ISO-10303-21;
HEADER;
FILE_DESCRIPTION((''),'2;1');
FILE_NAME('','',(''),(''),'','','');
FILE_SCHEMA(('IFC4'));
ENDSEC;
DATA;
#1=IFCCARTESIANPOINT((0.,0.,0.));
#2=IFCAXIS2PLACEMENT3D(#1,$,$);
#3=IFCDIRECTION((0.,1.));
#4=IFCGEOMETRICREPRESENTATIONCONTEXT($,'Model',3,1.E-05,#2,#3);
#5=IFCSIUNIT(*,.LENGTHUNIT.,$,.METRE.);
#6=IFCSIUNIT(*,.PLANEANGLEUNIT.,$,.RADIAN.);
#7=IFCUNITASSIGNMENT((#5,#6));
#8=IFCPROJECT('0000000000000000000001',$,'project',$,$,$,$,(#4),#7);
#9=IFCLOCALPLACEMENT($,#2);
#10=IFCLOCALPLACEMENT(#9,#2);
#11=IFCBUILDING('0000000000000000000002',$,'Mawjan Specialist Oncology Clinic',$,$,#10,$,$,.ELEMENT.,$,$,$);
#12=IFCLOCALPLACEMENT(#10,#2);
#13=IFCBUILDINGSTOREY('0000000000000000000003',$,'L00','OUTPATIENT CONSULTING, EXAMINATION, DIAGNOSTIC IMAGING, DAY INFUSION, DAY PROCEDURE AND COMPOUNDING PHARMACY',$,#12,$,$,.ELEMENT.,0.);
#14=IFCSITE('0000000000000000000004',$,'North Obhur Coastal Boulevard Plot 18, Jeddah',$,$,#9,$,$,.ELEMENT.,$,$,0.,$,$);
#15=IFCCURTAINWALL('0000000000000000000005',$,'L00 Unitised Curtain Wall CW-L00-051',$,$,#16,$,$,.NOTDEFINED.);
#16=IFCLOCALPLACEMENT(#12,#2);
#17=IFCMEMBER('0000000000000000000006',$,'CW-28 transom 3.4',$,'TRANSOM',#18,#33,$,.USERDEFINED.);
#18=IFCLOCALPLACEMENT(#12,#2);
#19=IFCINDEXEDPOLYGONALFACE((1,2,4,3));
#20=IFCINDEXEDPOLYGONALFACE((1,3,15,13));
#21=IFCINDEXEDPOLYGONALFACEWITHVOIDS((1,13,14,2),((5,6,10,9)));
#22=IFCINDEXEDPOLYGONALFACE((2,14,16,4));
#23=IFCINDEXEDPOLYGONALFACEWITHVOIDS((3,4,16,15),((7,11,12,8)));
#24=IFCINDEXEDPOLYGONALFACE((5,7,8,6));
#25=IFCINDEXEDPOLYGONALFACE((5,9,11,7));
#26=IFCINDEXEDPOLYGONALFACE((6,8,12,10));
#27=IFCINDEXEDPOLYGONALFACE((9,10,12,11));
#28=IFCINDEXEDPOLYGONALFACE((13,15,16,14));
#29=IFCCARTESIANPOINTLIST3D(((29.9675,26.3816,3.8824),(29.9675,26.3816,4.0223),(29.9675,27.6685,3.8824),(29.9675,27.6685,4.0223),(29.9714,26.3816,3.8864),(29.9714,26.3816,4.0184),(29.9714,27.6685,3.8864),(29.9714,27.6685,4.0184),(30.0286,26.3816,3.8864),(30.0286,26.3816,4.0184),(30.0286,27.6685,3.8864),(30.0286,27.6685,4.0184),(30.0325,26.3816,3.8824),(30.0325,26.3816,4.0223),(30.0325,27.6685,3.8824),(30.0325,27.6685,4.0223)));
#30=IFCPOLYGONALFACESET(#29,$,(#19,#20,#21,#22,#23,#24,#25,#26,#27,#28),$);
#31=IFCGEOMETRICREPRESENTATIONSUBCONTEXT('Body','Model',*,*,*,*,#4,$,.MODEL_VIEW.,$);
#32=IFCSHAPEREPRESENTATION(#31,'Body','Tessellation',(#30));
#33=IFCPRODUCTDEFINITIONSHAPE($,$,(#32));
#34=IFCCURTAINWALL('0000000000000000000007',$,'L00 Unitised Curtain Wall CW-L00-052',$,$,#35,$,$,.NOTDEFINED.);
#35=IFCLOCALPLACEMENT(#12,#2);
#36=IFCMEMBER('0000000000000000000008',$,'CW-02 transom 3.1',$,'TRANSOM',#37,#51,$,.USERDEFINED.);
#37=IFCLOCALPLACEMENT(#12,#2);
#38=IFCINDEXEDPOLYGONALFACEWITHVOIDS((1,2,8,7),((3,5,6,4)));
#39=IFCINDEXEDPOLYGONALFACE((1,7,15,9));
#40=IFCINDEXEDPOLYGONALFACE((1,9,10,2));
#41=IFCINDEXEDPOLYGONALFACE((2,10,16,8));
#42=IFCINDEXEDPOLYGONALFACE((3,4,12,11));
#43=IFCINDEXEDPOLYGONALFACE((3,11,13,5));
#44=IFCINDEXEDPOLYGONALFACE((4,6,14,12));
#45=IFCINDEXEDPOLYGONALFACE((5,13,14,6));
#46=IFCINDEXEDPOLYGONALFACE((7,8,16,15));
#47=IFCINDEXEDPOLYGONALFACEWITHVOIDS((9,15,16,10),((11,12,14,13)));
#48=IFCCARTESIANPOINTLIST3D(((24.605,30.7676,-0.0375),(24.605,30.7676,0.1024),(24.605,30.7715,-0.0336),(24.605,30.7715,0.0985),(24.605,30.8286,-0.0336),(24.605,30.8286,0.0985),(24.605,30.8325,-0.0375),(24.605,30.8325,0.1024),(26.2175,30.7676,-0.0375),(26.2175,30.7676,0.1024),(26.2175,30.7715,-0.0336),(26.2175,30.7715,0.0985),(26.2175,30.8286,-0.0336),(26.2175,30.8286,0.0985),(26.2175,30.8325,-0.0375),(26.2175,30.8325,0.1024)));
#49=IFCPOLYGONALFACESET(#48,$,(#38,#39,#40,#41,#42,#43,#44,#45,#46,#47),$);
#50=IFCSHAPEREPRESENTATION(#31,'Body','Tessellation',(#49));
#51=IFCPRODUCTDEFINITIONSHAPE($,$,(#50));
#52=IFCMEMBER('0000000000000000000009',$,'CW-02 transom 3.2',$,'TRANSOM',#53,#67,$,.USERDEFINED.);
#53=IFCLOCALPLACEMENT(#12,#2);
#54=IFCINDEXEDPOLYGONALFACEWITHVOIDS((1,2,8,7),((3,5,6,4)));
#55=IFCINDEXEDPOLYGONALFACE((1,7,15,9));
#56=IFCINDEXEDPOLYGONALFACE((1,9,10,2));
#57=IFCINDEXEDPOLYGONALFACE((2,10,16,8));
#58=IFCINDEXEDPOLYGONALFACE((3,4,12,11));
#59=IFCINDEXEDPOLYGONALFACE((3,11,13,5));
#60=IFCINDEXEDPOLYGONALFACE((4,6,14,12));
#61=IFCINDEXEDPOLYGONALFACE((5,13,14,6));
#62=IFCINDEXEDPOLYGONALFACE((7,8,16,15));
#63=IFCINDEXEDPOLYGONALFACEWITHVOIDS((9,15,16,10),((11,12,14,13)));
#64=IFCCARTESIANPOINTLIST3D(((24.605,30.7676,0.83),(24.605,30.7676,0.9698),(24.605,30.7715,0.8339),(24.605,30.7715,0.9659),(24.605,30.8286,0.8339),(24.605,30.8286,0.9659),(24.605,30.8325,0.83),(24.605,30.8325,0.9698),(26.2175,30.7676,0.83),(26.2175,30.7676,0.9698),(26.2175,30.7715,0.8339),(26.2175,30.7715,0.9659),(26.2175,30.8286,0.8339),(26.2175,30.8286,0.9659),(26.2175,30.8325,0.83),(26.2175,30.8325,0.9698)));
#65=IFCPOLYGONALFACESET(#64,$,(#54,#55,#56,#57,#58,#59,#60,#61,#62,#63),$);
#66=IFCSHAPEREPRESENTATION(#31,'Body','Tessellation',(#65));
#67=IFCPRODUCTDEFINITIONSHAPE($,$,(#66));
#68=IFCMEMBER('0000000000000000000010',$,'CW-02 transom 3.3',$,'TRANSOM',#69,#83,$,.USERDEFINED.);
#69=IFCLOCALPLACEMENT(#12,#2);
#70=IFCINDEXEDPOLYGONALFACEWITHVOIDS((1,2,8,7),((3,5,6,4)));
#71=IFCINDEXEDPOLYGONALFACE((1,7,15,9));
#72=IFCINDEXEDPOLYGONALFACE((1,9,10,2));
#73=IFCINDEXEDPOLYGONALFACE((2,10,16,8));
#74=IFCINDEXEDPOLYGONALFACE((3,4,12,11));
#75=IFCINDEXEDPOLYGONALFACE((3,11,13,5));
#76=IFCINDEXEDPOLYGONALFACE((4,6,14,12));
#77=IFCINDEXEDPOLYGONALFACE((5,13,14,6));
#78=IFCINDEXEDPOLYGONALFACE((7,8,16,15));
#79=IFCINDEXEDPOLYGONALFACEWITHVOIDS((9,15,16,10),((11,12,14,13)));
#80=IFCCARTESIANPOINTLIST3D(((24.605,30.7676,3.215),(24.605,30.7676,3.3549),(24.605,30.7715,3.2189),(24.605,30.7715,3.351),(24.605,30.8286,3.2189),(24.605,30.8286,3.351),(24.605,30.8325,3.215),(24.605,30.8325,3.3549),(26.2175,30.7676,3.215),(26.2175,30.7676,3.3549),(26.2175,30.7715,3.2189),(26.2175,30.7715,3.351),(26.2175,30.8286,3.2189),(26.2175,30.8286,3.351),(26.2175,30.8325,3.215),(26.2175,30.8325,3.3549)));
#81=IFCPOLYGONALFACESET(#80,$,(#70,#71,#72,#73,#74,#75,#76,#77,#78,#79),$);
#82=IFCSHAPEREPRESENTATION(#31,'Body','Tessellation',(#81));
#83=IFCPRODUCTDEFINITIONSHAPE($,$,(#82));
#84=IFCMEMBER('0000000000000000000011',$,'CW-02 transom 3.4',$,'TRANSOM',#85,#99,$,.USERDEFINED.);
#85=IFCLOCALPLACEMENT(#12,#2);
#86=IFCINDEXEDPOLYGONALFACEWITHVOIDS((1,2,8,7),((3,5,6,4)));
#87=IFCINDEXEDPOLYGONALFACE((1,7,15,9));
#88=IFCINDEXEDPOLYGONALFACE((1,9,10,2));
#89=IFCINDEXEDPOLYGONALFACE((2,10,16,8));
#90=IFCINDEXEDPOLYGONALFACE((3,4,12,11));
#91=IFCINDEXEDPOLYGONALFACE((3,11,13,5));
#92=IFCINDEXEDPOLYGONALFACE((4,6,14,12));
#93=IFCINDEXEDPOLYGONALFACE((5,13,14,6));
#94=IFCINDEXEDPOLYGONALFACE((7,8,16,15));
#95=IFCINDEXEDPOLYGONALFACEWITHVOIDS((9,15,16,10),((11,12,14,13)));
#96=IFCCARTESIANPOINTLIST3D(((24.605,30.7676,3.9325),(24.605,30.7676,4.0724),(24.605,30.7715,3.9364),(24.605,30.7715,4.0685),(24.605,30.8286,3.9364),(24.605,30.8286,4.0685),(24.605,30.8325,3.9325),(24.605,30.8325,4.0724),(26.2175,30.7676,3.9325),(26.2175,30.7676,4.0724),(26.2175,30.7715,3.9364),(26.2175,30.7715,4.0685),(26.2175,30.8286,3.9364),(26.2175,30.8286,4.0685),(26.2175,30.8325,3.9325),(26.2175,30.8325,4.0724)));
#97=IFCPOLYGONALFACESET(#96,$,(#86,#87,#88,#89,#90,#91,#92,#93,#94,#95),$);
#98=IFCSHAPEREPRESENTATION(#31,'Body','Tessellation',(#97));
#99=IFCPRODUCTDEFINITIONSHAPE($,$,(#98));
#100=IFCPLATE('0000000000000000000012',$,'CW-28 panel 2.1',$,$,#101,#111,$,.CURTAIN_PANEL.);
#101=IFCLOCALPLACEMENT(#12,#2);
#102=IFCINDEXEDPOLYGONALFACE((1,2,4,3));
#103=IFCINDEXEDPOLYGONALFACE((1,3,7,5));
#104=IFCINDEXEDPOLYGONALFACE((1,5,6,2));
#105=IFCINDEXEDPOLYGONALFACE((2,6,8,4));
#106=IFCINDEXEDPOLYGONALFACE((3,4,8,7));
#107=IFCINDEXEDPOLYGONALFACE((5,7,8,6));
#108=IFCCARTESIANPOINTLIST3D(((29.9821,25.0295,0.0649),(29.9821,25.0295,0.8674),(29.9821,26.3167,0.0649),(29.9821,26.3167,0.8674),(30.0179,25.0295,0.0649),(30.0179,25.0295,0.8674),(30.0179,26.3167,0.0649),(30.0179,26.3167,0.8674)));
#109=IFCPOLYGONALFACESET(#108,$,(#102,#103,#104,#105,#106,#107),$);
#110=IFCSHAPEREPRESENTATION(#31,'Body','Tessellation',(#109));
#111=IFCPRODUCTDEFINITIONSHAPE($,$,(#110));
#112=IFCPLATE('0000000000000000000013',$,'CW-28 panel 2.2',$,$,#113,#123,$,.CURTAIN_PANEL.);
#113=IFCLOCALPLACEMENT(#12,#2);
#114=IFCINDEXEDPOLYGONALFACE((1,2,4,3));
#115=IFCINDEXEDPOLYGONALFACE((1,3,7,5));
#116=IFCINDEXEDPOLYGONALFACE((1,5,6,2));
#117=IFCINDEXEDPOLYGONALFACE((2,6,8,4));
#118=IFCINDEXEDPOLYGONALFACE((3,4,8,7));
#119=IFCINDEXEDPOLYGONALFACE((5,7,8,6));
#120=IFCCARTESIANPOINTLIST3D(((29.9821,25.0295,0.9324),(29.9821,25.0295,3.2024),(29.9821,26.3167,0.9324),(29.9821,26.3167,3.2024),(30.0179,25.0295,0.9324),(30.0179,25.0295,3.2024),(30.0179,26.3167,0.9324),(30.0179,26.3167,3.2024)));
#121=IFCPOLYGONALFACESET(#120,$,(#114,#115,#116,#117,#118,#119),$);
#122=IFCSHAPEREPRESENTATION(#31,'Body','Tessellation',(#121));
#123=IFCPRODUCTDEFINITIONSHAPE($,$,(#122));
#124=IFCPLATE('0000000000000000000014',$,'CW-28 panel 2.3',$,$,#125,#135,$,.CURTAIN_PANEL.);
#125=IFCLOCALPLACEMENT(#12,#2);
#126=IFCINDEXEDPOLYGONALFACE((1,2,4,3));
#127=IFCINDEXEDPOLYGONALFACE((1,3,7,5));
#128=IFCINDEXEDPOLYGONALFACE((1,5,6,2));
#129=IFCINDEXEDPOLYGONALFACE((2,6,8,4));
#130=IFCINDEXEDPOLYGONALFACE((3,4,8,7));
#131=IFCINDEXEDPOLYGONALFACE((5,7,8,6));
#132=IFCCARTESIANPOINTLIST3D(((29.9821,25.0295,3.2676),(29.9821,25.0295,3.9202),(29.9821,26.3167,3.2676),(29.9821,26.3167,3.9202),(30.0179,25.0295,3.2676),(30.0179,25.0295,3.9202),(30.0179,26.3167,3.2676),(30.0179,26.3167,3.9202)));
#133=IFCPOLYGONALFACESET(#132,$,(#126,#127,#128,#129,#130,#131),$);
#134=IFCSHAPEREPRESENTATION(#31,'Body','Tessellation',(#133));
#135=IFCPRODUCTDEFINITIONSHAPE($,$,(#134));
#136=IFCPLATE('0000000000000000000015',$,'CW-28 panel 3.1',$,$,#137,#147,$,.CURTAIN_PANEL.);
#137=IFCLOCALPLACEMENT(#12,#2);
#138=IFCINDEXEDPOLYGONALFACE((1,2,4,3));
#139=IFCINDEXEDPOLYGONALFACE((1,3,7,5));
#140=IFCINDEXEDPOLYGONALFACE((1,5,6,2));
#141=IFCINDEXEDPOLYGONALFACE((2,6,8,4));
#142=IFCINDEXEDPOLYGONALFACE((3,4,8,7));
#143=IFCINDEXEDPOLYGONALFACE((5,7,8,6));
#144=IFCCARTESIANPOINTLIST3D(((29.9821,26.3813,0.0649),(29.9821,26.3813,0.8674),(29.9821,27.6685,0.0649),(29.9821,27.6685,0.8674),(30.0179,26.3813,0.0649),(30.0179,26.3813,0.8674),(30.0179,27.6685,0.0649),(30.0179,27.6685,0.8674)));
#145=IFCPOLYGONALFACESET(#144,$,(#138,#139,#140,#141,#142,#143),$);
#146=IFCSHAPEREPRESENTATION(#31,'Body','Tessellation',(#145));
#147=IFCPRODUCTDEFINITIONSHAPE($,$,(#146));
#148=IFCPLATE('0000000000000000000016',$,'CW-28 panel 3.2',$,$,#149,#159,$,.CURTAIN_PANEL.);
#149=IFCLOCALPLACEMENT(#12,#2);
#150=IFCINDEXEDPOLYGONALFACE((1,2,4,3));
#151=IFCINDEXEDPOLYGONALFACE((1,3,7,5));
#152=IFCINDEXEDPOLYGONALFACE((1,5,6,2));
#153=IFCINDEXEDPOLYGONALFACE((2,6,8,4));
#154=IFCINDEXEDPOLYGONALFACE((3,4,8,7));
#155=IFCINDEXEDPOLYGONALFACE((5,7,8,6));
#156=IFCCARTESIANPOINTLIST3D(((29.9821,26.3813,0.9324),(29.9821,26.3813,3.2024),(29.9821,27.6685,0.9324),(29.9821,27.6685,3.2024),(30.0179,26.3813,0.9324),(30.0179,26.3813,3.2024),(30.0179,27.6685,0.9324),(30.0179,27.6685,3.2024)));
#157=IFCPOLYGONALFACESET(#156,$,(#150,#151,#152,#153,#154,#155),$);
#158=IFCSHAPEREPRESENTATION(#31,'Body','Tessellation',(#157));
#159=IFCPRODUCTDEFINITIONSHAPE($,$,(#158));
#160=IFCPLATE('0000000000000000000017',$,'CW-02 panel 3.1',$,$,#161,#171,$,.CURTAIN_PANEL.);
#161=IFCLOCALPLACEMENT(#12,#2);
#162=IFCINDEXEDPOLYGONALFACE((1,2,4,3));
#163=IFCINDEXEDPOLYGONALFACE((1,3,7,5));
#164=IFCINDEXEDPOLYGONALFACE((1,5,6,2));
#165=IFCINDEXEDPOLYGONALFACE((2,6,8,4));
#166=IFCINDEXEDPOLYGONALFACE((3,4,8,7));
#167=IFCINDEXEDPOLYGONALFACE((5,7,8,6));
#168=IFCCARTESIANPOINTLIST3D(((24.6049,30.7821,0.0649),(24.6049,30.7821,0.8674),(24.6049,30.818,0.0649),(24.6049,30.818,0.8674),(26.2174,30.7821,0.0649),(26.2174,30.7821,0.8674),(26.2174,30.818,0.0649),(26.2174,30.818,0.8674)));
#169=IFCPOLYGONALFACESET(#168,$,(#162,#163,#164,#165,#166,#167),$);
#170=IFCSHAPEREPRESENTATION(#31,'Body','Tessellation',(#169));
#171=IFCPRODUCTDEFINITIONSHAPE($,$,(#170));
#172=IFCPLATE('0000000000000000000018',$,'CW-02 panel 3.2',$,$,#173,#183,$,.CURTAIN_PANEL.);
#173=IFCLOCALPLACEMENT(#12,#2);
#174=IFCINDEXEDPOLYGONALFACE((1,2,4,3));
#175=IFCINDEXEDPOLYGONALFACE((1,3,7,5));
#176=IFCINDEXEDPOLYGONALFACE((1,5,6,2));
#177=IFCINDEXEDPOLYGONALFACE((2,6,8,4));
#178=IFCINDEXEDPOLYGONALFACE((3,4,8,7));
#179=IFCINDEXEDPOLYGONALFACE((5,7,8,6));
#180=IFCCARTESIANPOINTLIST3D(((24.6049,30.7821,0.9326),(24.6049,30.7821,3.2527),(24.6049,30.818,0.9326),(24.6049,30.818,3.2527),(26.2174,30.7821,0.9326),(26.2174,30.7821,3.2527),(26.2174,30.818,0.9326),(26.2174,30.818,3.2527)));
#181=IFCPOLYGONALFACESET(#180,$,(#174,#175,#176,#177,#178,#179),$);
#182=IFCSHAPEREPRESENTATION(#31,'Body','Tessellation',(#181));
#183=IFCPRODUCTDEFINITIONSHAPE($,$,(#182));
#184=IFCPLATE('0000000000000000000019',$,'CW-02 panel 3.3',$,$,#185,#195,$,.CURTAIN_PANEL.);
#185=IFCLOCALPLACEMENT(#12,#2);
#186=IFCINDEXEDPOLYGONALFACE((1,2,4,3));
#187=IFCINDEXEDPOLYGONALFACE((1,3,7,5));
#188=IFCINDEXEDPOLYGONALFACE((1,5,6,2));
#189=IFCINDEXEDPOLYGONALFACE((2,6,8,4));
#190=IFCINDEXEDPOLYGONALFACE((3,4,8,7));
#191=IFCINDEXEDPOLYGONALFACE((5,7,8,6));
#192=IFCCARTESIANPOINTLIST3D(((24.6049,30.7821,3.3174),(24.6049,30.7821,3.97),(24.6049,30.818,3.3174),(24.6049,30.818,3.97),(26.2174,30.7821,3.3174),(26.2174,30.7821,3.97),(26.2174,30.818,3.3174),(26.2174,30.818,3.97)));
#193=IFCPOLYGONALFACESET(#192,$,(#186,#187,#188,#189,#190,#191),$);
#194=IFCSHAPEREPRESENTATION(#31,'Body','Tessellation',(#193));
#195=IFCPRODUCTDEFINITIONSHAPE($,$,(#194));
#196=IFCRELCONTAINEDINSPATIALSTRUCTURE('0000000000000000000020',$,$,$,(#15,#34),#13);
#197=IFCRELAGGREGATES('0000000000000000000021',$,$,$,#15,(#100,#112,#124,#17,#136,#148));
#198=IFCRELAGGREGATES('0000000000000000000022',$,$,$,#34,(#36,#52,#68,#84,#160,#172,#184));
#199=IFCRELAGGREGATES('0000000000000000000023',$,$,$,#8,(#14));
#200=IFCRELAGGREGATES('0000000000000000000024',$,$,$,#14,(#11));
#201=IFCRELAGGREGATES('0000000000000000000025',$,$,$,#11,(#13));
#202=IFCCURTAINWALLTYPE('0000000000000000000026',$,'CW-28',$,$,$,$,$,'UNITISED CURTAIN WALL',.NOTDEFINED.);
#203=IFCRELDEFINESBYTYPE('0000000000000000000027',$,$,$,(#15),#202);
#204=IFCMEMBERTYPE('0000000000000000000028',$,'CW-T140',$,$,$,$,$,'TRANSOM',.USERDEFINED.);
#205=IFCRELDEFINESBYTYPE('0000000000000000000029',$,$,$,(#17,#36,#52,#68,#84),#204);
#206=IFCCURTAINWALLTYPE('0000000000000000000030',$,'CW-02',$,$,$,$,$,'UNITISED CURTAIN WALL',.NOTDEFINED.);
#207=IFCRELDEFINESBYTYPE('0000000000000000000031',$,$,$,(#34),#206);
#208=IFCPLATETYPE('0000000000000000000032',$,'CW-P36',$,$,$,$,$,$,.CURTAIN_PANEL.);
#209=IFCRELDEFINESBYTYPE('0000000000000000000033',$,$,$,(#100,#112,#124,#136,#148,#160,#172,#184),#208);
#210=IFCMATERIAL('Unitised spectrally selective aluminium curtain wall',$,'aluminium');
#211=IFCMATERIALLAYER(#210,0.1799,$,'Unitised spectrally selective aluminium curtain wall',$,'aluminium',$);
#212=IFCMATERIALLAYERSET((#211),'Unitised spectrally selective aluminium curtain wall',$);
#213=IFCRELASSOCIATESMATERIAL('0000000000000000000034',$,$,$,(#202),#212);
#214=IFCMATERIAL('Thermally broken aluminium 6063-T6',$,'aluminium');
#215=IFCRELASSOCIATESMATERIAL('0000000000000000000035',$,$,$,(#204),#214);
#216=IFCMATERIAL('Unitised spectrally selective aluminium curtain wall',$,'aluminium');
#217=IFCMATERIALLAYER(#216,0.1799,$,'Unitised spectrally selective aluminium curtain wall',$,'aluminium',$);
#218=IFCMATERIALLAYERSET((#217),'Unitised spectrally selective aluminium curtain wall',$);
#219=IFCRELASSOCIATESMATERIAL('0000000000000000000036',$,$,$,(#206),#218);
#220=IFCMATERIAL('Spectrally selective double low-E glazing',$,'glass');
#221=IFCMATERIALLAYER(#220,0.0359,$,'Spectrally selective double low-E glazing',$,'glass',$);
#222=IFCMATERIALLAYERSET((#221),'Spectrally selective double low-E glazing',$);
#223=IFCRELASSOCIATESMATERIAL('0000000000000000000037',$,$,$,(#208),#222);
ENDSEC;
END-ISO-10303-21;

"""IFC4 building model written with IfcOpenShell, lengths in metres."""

from ifc_helpers import new_model, si_unit, direction, frame, origin, origin_2d, place, context, subcontext, project, spatial, rectangle, hollow_rectangle, extrude, material, layer, layer_set, material_profile, profile_set, type_object, element, aggregate, save


model = new_model("IFC4")

# Units and contexts
model_context = context("Model", 3, precision=1e-05, world=origin(), true_north=direction((0.0, 1.0)))
body_context = subcontext(model_context, "Body", "Model", "MODEL_VIEW")
ifc_project = project(units=[si_unit("LENGTHUNIT", "METRE"), si_unit("PLANEANGLEUNIT", "RADIAN")], contexts=[model_context])

# Site, building, storey
site_placement = place(None, origin())
site = spatial("IfcSite", under=ifc_project, at=site_placement, Name="North Obhur Coastal Boulevard Plot 18, Jeddah", CompositionType="ELEMENT", RefElevation=0.0)
building_placement = place(site_placement, origin())
building = spatial("IfcBuilding", under=site, at=building_placement, Name="Mawjan Specialist Oncology Clinic", CompositionType="ELEMENT")
storey_placement = place(building_placement, origin())
storey = spatial("IfcBuildingStorey", under=building, at=storey_placement, Name="L00", Description="OUTPATIENT CONSULTING, EXAMINATION, DIAGNOSTIC IMAGING, DAY INFUSION, DAY PROCEDURE AND COMPOUNDING PHARMACY", CompositionType="ELEMENT", Elevation=0.0)

# Curtain walls, members
ifc_material_1 = material(Name="Unitised spectrally selective aluminium curtain wall", Category="aluminium")
ifc_layer_1 = layer(ifc_material_1, 0.1799, Name="Unitised spectrally selective aluminium curtain wall", Category="aluminium")
ifc_layer_set_1 = layer_set([ifc_layer_1], Name="Unitised spectrally selective aluminium curtain wall")
curtain_wall_type_1 = type_object("IfcCurtainWallType", Name="CW-28", ElementType="UNITISED CURTAIN WALL", PredefinedType="NOTDEFINED", material=ifc_layer_set_1)
curtain_wall_1_placement = place(storey_placement, origin())
curtain_wall_1 = element("IfcCurtainWall", 1, at=curtain_wall_1_placement, inside=storey, type_object=curtain_wall_type_1, Name="L00 Unitised Curtain Wall CW-L00-051", PredefinedType="NOTDEFINED")
ifc_material_2 = material(Name="Thermally broken aluminium 6063-T6", Category="aluminium")
ifc_material_profile_1 = material_profile(ifc_material_2, hollow_rectangle(XDim=0.0649, YDim=0.1399, WallThickness=0.0039, at=origin_2d()), Name="ALU TRANSOM 140x65x4", Category="aluminium")
ifc_profile_set_1 = profile_set([ifc_material_profile_1], Name="Thermally broken aluminium 6063-T6")
member_type_1 = type_object("IfcMemberType", Name="CW-T140", ElementType="TRANSOM", PredefinedType="USERDEFINED", material=ifc_profile_set_1)
member_1_placement = place(storey_placement, frame((30.0, 26.3816, 3.9524), z_axis=(0.0, 1.0, 0.0), x_axis=(-1.0, 0.0, 0.0)))
member_1 = element("IfcMember", 2, at=member_1_placement, type_object=member_type_1, Name="CW-28 transom 3.4", ObjectType="TRANSOM", PredefinedType="USERDEFINED", context=body_context, shape_type="SweptSolid", body=[
    extrude(hollow_rectangle(XDim=0.0649, YDim=0.1399, WallThickness=0.0039, at=origin_2d()), origin(), (0.0, 0.0, 1.0), 1.2869),
])
ifc_material_3 = material(Name="Unitised spectrally selective aluminium curtain wall", Category="aluminium")
ifc_layer_2 = layer(ifc_material_3, 0.1799, Name="Unitised spectrally selective aluminium curtain wall", Category="aluminium")
ifc_layer_set_2 = layer_set([ifc_layer_2], Name="Unitised spectrally selective aluminium curtain wall")
curtain_wall_type_2 = type_object("IfcCurtainWallType", Name="CW-02", ElementType="UNITISED CURTAIN WALL", PredefinedType="NOTDEFINED", material=ifc_layer_set_2)
curtain_wall_2_placement = place(storey_placement, origin())
curtain_wall_2 = element("IfcCurtainWall", 3, at=curtain_wall_2_placement, inside=storey, type_object=curtain_wall_type_2, Name="L00 Unitised Curtain Wall CW-L00-052", PredefinedType="NOTDEFINED")
member_2_placement = place(storey_placement, frame((26.2175, 30.8, 0.0325), z_axis=(-1.0, 0.0, 0.0), x_axis=(0.0, -1.0, 0.0)))
member_2 = element("IfcMember", 4, at=member_2_placement, type_object=member_type_1, Name="CW-02 transom 3.1", ObjectType="TRANSOM", PredefinedType="USERDEFINED", context=body_context, shape_type="SweptSolid", body=[
    extrude(hollow_rectangle(XDim=0.0649, YDim=0.1399, WallThickness=0.0039, at=origin_2d()), origin(), (0.0, 0.0, 1.0), 1.6125),
])
member_3_placement = place(storey_placement, frame((26.2175, 30.8, 0.8999), z_axis=(-1.0, 0.0, 0.0), x_axis=(0.0, -1.0, 0.0)))
member_3 = element("IfcMember", 5, at=member_3_placement, type_object=member_type_1, Name="CW-02 transom 3.2", ObjectType="TRANSOM", PredefinedType="USERDEFINED", context=body_context, shape_type="SweptSolid", body=[
    extrude(hollow_rectangle(XDim=0.0649, YDim=0.1399, WallThickness=0.0039, at=origin_2d()), origin(), (0.0, 0.0, 1.0), 1.6125),
])
member_4_placement = place(storey_placement, frame((26.2175, 30.8, 3.2849), z_axis=(-1.0, 0.0, 0.0), x_axis=(0.0, -1.0, 0.0)))
member_4 = element("IfcMember", 6, at=member_4_placement, type_object=member_type_1, Name="CW-02 transom 3.3", ObjectType="TRANSOM", PredefinedType="USERDEFINED", context=body_context, shape_type="SweptSolid", body=[
    extrude(hollow_rectangle(XDim=0.0649, YDim=0.1399, WallThickness=0.0039, at=origin_2d()), origin(), (0.0, 0.0, 1.0), 1.6125),
])
member_5_placement = place(storey_placement, frame((26.2175, 30.8, 4.0024), z_axis=(-1.0, 0.0, 0.0), x_axis=(0.0, -1.0, 0.0)))
member_5 = element("IfcMember", 7, at=member_5_placement, type_object=member_type_1, Name="CW-02 transom 3.4", ObjectType="TRANSOM", PredefinedType="USERDEFINED", context=body_context, shape_type="SweptSolid", body=[
    extrude(hollow_rectangle(XDim=0.0649, YDim=0.1399, WallThickness=0.0039, at=origin_2d()), origin(), (0.0, 0.0, 1.0), 1.6125),
])

# Plates
ifc_material_4 = material(Name="Spectrally selective double low-E glazing", Category="glass")
ifc_layer_3 = layer(ifc_material_4, 0.0359, Name="Spectrally selective double low-E glazing", Category="glass")
ifc_layer_set_3 = layer_set([ifc_layer_3], Name="Spectrally selective double low-E glazing")
plate_type = type_object("IfcPlateType", Name="CW-P36", PredefinedType="CURTAIN_PANEL", material=ifc_layer_set_3)
plate_1_placement = place(storey_placement, frame((30.0, 25.6731, 0.0649), z_axis=(0.0, 0.0, 1.0), x_axis=(0.0, 1.0, 0.0)))
plate_1 = element("IfcPlate", 8, at=plate_1_placement, type_object=plate_type, Name="CW-28 panel 2.1", PredefinedType="CURTAIN_PANEL", context=body_context, shape_type="SweptSolid", body=[
    extrude(rectangle(XDim=1.2871, YDim=0.0359, at=origin_2d()), origin(), (0.0, 0.0, 1.0), 0.8025),
])
plate_2_placement = place(storey_placement, frame((30.0, 25.6731, 0.9324), z_axis=(0.0, 0.0, 1.0), x_axis=(0.0, 1.0, 0.0)))
plate_2 = element("IfcPlate", 9, at=plate_2_placement, type_object=plate_type, Name="CW-28 panel 2.2", PredefinedType="CURTAIN_PANEL", context=body_context, shape_type="SweptSolid", body=[
    extrude(rectangle(XDim=1.2871, YDim=0.0359, at=origin_2d()), origin(), (0.0, 0.0, 1.0), 2.27),
])
plate_3_placement = place(storey_placement, frame((30.0, 25.6731, 3.2676), z_axis=(0.0, 0.0, 1.0), x_axis=(0.0, 1.0, 0.0)))
plate_3 = element("IfcPlate", 10, at=plate_3_placement, type_object=plate_type, Name="CW-28 panel 2.3", PredefinedType="CURTAIN_PANEL", context=body_context, shape_type="SweptSolid", body=[
    extrude(rectangle(XDim=1.2871, YDim=0.0359, at=origin_2d()), origin(), (0.0, 0.0, 1.0), 0.6526),
])
plate_4_placement = place(storey_placement, frame((30.0, 27.0249, 0.0649), z_axis=(0.0, 0.0, 1.0), x_axis=(0.0, 1.0, 0.0)))
plate_4 = element("IfcPlate", 11, at=plate_4_placement, type_object=plate_type, Name="CW-28 panel 3.1", PredefinedType="CURTAIN_PANEL", context=body_context, shape_type="SweptSolid", body=[
    extrude(rectangle(XDim=1.2871, YDim=0.0359, at=origin_2d()), origin(), (0.0, 0.0, 1.0), 0.8025),
])
plate_5_placement = place(storey_placement, frame((30.0, 27.0249, 0.9324), z_axis=(0.0, 0.0, 1.0), x_axis=(0.0, 1.0, 0.0)))
plate_5 = element("IfcPlate", 12, at=plate_5_placement, type_object=plate_type, Name="CW-28 panel 3.2", PredefinedType="CURTAIN_PANEL", context=body_context, shape_type="SweptSolid", body=[
    extrude(rectangle(XDim=1.2871, YDim=0.0359, at=origin_2d()), origin(), (0.0, 0.0, 1.0), 2.27),
])
aggregate(curtain_wall_1, [plate_1, plate_2, plate_3, member_1, plate_4, plate_5])
plate_6_placement = place(storey_placement, frame((25.4111, 30.8, 0.0649), z_axis=(0.0, 0.0, 1.0), x_axis=(-1.0, 0.0, 0.0)))
plate_6 = element("IfcPlate", 13, at=plate_6_placement, type_object=plate_type, Name="CW-02 panel 3.1", PredefinedType="CURTAIN_PANEL", context=body_context, shape_type="SweptSolid", body=[
    extrude(rectangle(XDim=1.6125, YDim=0.0359, at=origin_2d()), origin(), (0.0, 0.0, 1.0), 0.8025),
])
plate_7_placement = place(storey_placement, frame((25.4111, 30.8, 0.9326), z_axis=(0.0, 0.0, 1.0), x_axis=(-1.0, 0.0, 0.0)))
plate_7 = element("IfcPlate", 14, at=plate_7_placement, type_object=plate_type, Name="CW-02 panel 3.2", PredefinedType="CURTAIN_PANEL", context=body_context, shape_type="SweptSolid", body=[
    extrude(rectangle(XDim=1.6125, YDim=0.0359, at=origin_2d()), origin(), (0.0, 0.0, 1.0), 2.3201),
])
plate_8_placement = place(storey_placement, frame((25.4111, 30.8, 3.3174), z_axis=(0.0, 0.0, 1.0), x_axis=(-1.0, 0.0, 0.0)))
plate_8 = element("IfcPlate", 15, at=plate_8_placement, type_object=plate_type, Name="CW-02 panel 3.3", PredefinedType="CURTAIN_PANEL", context=body_context, shape_type="SweptSolid", body=[
    extrude(rectangle(XDim=1.6125, YDim=0.0359, at=origin_2d()), origin(), (0.0, 0.0, 1.0), 0.6526),
])
aggregate(curtain_wall_2, [member_2, member_3, member_4, member_5, plate_6, plate_7, plate_8])

save(model, "model.ifc")
